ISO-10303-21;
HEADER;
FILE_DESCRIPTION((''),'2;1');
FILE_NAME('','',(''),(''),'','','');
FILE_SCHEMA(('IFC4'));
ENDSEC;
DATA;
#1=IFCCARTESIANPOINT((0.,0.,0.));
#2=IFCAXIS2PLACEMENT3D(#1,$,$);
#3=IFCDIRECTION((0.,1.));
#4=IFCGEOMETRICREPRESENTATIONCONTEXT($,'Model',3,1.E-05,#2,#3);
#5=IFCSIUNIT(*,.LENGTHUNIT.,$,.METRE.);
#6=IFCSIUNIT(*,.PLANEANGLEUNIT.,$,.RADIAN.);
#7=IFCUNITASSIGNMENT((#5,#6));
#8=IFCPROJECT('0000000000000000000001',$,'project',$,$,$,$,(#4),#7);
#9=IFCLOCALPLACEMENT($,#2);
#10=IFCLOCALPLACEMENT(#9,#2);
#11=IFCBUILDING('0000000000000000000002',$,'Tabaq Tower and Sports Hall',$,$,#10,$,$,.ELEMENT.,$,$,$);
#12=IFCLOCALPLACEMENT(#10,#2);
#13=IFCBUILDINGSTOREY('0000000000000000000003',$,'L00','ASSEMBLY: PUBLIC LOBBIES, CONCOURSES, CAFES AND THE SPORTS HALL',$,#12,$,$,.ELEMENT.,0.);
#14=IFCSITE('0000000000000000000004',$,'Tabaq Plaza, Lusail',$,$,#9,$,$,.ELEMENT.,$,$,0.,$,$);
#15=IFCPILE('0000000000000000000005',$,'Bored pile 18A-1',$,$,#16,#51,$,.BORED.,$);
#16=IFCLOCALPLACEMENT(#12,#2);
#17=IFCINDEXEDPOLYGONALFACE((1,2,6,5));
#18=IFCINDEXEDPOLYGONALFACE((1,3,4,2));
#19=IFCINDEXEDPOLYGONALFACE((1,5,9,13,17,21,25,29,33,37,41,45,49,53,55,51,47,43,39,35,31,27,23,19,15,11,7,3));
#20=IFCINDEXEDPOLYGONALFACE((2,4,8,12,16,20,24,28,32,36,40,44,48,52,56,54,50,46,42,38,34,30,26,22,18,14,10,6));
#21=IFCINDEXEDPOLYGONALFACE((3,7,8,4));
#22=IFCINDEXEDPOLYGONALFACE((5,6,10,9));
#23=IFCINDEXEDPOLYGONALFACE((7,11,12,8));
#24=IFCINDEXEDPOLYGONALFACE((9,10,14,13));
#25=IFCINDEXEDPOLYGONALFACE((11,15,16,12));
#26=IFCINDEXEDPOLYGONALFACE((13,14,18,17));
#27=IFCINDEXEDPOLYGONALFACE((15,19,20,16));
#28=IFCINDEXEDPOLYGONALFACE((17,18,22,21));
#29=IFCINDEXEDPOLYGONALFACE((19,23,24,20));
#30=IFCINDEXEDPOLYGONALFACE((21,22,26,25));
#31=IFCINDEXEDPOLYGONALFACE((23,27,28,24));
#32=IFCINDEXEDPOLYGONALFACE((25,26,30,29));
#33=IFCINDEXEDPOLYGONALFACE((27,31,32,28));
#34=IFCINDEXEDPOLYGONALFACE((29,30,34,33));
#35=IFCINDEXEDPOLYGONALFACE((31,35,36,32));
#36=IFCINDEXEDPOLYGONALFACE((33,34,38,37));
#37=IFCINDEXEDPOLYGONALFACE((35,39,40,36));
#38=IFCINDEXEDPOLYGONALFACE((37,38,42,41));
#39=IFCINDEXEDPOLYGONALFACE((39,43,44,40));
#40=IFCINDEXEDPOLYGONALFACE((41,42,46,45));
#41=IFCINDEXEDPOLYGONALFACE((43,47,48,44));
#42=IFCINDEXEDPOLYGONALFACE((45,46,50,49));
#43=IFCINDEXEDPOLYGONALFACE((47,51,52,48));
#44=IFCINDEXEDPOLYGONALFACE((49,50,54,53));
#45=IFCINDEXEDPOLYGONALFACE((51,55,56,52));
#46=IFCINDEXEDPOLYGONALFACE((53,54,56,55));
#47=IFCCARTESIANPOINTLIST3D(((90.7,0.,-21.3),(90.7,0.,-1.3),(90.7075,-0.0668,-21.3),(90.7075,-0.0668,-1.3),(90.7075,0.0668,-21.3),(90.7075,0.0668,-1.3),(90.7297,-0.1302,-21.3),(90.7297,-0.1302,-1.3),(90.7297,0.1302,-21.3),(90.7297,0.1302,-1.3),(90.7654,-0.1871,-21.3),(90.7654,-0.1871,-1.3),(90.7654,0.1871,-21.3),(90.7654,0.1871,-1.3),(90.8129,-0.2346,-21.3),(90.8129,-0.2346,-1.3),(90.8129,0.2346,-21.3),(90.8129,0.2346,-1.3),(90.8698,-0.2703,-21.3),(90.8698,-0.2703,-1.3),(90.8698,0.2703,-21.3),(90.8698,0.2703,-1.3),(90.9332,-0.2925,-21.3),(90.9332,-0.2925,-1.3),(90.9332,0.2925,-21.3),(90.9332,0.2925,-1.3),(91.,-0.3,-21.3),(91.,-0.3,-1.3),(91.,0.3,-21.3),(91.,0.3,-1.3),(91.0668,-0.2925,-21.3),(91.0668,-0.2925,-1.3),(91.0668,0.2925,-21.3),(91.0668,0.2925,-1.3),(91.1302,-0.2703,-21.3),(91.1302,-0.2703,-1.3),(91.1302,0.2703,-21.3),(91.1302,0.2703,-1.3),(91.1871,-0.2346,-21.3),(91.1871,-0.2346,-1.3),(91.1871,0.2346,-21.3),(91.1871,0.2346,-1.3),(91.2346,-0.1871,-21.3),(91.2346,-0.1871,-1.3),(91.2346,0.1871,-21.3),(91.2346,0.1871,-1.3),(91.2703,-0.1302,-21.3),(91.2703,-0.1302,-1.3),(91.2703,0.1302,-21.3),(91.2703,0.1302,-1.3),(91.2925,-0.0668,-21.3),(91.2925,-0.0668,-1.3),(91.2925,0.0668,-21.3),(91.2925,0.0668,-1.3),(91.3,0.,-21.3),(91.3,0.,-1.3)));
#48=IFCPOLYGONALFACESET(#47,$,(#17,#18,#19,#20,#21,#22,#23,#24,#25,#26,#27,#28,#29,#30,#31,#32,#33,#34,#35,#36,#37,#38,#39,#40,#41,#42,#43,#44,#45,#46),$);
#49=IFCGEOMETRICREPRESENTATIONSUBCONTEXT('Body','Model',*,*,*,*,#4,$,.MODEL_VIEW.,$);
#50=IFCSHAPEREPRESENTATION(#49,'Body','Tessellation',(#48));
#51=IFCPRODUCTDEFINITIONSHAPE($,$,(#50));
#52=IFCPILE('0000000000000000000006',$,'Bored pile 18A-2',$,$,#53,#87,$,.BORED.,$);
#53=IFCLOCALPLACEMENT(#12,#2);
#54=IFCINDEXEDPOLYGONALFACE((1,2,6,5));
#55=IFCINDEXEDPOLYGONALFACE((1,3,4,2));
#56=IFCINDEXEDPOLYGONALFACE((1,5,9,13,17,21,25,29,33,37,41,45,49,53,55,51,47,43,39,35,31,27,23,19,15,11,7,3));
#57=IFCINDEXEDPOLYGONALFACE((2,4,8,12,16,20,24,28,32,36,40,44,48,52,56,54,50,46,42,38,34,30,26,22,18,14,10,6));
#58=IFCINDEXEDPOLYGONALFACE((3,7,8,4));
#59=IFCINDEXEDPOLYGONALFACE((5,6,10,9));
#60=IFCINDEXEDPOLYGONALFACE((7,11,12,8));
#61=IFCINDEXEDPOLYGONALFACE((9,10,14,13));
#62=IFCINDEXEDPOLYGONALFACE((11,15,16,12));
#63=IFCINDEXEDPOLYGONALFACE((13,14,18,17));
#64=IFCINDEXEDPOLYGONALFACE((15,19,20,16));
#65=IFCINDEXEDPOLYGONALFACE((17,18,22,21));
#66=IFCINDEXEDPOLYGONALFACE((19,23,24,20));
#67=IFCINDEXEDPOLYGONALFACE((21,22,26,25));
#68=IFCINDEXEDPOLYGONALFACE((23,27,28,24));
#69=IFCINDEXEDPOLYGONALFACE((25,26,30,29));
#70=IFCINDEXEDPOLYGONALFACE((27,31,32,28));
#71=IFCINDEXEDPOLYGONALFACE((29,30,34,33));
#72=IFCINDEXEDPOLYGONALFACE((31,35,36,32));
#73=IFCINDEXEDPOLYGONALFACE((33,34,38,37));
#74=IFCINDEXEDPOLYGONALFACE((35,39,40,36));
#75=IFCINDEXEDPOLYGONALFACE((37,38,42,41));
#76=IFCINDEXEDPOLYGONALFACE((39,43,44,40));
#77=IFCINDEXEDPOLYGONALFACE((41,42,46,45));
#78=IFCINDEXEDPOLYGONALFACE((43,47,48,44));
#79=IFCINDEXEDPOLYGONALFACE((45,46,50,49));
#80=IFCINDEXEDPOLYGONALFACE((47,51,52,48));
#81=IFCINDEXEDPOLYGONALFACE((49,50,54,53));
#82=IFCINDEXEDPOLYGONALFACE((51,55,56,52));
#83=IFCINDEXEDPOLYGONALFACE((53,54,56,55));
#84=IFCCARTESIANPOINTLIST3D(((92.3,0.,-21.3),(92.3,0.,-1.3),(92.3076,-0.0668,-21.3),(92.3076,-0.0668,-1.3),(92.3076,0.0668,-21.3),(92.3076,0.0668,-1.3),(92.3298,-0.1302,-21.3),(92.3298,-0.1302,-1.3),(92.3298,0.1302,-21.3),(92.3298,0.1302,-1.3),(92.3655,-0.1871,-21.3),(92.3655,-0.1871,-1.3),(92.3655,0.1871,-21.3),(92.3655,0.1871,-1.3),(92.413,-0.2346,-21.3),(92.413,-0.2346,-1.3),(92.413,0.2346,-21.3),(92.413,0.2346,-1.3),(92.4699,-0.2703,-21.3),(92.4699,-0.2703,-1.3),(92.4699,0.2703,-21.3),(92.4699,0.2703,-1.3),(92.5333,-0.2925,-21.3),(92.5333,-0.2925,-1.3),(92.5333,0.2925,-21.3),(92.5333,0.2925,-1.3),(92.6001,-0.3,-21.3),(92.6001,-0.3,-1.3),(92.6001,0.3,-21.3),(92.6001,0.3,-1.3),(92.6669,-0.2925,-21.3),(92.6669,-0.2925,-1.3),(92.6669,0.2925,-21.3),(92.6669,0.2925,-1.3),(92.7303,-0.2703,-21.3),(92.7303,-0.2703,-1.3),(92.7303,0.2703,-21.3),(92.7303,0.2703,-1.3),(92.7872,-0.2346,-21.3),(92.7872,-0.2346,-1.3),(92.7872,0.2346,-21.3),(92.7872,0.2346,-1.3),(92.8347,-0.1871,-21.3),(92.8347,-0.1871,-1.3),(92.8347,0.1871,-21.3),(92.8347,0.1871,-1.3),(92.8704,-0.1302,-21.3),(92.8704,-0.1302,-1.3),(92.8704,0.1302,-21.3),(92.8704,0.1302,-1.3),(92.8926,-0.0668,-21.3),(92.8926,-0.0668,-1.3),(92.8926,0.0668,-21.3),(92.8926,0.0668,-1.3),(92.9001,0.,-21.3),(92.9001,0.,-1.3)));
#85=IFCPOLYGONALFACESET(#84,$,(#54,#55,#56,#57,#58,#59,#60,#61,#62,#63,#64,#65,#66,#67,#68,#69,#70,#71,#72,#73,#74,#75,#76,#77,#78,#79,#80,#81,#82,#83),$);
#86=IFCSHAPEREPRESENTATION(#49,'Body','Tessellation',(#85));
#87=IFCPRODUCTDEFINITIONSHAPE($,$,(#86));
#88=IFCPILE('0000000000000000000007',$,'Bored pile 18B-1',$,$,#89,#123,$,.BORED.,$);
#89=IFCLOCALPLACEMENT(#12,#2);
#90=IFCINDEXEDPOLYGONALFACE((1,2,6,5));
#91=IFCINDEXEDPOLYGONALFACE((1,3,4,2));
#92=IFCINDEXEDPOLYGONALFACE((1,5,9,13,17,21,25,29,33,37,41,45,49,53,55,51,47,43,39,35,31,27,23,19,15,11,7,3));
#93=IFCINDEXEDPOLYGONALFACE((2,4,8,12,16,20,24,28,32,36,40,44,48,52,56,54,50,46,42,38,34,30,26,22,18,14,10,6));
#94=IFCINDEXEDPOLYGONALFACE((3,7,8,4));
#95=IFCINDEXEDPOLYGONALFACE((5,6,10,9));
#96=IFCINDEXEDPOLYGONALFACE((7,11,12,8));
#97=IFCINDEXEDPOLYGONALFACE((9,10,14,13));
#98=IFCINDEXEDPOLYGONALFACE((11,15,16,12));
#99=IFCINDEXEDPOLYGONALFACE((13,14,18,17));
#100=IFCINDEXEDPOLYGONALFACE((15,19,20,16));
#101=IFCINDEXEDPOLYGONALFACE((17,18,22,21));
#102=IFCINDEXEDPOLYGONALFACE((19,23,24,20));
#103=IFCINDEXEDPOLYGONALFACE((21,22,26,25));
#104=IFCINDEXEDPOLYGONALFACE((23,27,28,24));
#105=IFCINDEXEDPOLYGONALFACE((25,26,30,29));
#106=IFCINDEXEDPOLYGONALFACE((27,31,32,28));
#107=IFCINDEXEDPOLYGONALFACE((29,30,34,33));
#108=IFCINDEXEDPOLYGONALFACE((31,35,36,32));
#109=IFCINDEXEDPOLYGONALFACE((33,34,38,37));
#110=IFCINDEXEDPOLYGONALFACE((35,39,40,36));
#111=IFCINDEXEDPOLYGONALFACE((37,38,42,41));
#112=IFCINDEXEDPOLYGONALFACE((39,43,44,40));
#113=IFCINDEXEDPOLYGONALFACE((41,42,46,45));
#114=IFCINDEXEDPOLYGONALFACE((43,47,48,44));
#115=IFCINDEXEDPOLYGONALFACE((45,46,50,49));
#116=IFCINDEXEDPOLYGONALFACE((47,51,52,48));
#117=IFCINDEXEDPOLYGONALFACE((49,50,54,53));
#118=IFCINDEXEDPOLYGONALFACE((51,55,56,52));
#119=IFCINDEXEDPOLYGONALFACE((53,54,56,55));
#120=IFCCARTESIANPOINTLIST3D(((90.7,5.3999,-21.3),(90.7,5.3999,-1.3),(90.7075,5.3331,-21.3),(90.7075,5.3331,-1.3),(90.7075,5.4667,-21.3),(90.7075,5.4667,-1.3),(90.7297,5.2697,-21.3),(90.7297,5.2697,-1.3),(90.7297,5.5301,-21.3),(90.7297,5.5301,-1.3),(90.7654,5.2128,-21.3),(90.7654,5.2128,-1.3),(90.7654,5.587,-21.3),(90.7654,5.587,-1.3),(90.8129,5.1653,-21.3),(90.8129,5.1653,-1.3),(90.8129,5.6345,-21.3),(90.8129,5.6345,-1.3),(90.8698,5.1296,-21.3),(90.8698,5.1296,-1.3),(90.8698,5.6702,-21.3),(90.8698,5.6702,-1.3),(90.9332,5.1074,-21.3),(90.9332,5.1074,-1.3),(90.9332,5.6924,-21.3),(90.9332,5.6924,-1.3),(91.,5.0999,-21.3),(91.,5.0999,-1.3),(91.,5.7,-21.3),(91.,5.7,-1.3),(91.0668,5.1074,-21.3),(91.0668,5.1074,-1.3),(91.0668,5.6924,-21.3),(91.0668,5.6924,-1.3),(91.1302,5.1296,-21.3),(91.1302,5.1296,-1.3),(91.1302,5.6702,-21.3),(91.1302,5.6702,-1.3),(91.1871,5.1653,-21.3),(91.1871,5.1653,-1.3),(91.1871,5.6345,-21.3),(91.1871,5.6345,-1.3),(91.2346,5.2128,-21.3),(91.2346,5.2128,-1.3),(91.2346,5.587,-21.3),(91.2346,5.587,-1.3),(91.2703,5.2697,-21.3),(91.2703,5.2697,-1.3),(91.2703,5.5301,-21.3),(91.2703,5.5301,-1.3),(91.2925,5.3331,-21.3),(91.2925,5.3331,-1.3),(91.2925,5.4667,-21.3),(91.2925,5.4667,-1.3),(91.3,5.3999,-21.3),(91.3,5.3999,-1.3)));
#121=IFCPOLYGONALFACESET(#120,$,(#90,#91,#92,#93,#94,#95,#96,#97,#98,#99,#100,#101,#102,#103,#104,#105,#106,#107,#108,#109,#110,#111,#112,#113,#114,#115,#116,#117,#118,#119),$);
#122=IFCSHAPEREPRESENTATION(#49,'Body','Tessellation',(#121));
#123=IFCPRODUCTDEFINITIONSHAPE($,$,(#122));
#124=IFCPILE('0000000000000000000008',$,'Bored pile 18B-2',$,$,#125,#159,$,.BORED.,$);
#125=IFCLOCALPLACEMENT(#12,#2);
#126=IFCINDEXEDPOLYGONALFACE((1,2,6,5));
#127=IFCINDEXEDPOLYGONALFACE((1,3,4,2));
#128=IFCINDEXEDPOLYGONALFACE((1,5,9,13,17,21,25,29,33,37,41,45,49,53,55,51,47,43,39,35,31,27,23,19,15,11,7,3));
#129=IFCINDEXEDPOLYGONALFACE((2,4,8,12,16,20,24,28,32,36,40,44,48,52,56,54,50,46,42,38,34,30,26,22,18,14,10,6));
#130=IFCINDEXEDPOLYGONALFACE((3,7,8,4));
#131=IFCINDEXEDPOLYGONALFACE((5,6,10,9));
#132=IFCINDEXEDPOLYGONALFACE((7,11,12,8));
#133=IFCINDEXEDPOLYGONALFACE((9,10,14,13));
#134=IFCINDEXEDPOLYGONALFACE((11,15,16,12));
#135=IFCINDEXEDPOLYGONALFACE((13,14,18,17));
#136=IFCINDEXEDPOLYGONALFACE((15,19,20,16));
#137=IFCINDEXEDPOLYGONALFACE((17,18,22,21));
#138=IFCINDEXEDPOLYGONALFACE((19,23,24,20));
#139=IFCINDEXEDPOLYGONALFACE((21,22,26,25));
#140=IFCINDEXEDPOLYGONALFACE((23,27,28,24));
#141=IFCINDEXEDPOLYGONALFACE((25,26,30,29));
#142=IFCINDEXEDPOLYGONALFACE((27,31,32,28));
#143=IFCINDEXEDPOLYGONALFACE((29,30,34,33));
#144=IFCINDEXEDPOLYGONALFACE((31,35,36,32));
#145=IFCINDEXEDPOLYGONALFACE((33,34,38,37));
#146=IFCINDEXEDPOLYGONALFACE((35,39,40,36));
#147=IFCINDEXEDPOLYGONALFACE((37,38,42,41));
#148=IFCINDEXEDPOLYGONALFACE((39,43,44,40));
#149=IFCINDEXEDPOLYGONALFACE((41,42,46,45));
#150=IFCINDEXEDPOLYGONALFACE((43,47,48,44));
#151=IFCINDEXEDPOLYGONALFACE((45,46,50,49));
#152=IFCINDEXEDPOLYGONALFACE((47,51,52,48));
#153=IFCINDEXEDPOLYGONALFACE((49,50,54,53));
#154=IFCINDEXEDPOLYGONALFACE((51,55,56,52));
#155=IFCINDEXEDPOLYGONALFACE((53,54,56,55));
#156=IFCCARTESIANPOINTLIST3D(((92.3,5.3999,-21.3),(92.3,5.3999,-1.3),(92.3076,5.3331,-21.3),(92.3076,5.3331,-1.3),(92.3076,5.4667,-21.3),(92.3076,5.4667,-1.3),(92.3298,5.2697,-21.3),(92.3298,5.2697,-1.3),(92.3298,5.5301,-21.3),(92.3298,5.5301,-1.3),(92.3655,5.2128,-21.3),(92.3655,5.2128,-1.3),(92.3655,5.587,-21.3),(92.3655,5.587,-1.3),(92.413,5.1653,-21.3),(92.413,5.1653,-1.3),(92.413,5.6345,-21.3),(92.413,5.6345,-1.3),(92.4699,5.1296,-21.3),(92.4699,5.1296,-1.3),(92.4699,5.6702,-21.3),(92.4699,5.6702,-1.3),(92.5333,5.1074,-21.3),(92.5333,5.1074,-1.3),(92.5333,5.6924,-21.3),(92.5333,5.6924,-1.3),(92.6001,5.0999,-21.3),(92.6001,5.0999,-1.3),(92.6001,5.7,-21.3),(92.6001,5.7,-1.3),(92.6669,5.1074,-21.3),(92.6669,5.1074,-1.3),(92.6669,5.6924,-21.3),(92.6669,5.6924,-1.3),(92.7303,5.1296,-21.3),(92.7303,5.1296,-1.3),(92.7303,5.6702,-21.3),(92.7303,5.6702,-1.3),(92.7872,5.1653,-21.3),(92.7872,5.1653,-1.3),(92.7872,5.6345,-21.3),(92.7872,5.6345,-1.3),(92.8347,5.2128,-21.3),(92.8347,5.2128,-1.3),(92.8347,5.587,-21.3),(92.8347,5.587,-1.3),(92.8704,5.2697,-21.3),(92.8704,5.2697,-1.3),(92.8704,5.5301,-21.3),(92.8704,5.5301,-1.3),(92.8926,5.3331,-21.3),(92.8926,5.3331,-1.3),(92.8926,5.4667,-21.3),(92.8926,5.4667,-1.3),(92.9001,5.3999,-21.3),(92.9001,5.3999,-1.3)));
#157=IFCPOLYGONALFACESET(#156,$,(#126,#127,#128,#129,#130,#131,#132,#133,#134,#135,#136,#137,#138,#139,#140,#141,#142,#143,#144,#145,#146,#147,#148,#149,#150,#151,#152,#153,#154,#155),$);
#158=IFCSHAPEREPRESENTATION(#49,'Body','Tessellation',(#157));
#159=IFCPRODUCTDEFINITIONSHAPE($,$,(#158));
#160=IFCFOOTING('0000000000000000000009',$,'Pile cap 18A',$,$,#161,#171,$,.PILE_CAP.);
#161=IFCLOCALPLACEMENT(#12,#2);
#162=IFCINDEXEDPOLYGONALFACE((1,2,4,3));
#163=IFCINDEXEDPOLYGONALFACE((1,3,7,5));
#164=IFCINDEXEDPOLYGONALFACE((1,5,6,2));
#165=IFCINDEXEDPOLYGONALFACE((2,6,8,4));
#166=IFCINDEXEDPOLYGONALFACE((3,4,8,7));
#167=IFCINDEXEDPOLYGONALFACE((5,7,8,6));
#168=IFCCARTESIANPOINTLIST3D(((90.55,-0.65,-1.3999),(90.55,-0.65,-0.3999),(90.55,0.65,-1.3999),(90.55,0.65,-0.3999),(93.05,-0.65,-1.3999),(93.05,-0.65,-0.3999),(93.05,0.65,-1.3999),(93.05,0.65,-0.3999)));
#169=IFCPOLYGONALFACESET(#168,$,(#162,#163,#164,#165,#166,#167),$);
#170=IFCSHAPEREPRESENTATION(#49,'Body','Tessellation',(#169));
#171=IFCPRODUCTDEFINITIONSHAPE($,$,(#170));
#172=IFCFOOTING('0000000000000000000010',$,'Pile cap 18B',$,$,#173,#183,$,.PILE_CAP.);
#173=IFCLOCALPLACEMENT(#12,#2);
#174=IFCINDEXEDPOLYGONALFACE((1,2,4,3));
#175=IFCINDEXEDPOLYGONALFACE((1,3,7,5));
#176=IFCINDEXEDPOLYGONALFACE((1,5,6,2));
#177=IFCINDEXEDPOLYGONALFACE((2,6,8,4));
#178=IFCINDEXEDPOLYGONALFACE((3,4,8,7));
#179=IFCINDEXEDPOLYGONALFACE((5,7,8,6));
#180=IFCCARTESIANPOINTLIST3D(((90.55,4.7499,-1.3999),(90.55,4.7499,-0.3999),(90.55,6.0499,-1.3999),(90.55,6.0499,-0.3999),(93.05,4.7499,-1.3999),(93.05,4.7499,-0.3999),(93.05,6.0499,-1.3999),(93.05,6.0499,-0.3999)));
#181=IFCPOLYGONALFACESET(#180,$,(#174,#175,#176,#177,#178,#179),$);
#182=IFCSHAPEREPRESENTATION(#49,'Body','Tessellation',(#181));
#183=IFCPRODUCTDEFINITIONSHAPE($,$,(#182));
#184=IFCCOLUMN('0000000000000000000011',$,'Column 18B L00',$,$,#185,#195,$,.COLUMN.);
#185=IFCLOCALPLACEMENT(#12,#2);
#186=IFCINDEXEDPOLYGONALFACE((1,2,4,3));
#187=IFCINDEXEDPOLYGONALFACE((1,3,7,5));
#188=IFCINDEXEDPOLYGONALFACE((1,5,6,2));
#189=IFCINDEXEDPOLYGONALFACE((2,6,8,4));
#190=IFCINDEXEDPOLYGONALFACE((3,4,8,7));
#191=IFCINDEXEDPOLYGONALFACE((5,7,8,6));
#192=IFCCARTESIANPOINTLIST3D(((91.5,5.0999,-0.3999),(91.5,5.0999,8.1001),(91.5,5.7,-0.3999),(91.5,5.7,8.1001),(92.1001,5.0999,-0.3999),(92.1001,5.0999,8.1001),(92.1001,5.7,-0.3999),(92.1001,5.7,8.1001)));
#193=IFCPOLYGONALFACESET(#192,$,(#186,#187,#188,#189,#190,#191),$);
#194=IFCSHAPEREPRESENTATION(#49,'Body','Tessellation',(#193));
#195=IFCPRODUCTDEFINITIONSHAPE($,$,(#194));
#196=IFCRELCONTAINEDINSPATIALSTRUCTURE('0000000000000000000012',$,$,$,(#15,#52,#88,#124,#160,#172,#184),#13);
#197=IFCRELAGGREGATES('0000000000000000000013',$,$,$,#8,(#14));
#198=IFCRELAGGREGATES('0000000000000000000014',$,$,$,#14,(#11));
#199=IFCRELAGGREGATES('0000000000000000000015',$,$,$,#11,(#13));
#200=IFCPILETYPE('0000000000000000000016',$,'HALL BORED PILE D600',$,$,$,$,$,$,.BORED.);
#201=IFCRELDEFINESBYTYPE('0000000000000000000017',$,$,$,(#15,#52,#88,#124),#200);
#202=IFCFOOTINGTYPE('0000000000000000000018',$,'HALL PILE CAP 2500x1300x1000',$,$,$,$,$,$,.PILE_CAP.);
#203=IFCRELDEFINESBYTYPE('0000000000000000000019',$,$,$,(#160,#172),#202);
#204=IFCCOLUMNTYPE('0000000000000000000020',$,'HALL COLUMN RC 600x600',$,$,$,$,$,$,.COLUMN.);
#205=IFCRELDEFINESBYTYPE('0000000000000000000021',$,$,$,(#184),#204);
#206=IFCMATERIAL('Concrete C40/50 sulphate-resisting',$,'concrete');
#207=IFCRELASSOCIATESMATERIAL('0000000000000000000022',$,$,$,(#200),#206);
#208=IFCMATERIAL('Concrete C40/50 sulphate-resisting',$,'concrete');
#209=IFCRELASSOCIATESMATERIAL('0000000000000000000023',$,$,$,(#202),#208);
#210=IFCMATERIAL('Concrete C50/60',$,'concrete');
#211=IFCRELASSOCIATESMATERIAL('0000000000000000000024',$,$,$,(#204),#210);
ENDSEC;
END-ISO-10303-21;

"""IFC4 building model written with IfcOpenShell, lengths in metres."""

from ifc_helpers import new_model, si_unit, direction, frame, origin, origin_2d, place, context, subcontext, project, spatial, rectangle, circle, extrude, material, material_profile, profile_set, type_object, element, save


model = new_model("IFC4")

# Units and contexts
model_context = context("Model", 3, precision=1e-05, world=origin(), true_north=direction((0.0, 1.0)))
body_context = subcontext(model_context, "Body", "Model", "MODEL_VIEW")
ifc_project = project(units=[si_unit("LENGTHUNIT", "METRE"), si_unit("PLANEANGLEUNIT", "RADIAN")], contexts=[model_context])

# Site, building, storey
site_placement = place(None, origin())
site = spatial("IfcSite", under=ifc_project, at=site_placement, Name="Tabaq Plaza, Lusail", CompositionType="ELEMENT", RefElevation=0.0)
building_placement = place(site_placement, origin())
building = spatial("IfcBuilding", under=site, at=building_placement, Name="Tabaq Tower and Sports Hall", CompositionType="ELEMENT")
storey_placement = place(building_placement, origin())
storey = spatial("IfcBuildingStorey", under=building, at=storey_placement, Name="L00", Description="ASSEMBLY: PUBLIC LOBBIES, CONCOURSES, CAFES AND THE SPORTS HALL", CompositionType="ELEMENT", Elevation=0.0)

# Piles
ifc_material_1 = material(Name="Concrete C40/50 sulphate-resisting", Category="concrete")
ifc_material_profile_1 = material_profile(ifc_material_1, circle(Radius=0.3, at=origin_2d()), Name="D600")
ifc_profile_set_1 = profile_set([ifc_material_profile_1], Name="Concrete C40/50 sulphate-resisting")
pile_type = type_object("IfcPileType", Name="HALL BORED PILE D600", PredefinedType="BORED", material=ifc_profile_set_1)
for number, where, z_axis, x_axis, name in (
    (1, (91.0, 0.0, -1.3), (0.0, 0.0, -1.0), (1.0, 0.0, 0.0), "Bored pile 18A-1"),
    (2, (92.6001, 0.0, -1.3), (0.0, 0.0, -1.0), (1.0, 0.0, 0.0), "Bored pile 18A-2"),
    (3, (91.0, 5.3999, -1.3), (0.0, 0.0, -1.0), (1.0, 0.0, 0.0), "Bored pile 18B-1"),
    (4, (92.6001, 5.3999, -1.3), (0.0, 0.0, -1.0), (1.0, 0.0, 0.0), "Bored pile 18B-2"),
):
    element("IfcPile", number, at=place(storey_placement, frame(where, z_axis=z_axis, x_axis=x_axis)), inside=storey, type_object=pile_type, Name=name, PredefinedType="BORED", context=body_context, shape_type="SweptSolid", body=[
        extrude(circle(Radius=0.3, at=origin_2d()), origin(), (0.0, 0.0, 1.0), 20.0),
    ])

# Footings
ifc_material_2 = material(Name="Concrete C40/50 sulphate-resisting", Category="concrete")
footing_type = type_object("IfcFootingType", Name="HALL PILE CAP 2500x1300x1000", PredefinedType="PILE_CAP", material=ifc_material_2)
for number, where, z_axis, x_axis, name in (
    (5, (91.8, 0.0, -1.3999), (0.0, 0.0, 1.0), (1.0, 0.0, 0.0), "Pile cap 18A"),
    (6, (91.8, 5.3999, -1.3999), (0.0, 0.0, 1.0), (1.0, 0.0, 0.0), "Pile cap 18B"),
):
    element("IfcFooting", number, at=place(storey_placement, frame(where, z_axis=z_axis, x_axis=x_axis)), inside=storey, type_object=footing_type, Name=name, PredefinedType="PILE_CAP", context=body_context, shape_type="SweptSolid", body=[
        extrude(rectangle(XDim=2.5, YDim=1.3, at=origin_2d()), origin(), (0.0, 0.0, 1.0), 1.0),
    ])

# Column
ifc_material_3 = material(Name="Concrete C50/60", Category="concrete")
ifc_material_profile_2 = material_profile(ifc_material_3, rectangle(XDim=0.6001, YDim=0.6001, at=origin_2d()), Name="RC 600x600")
ifc_profile_set_2 = profile_set([ifc_material_profile_2], Name="Concrete C50/60")
column_type_1 = type_object("IfcColumnType", Name="HALL COLUMN RC 600x600", PredefinedType="COLUMN", material=ifc_profile_set_2)
column_1_placement = place(storey_placement, frame((91.8, 5.3999, -0.3999), z_axis=(0.0, 0.0, 1.0), x_axis=(1.0, 0.0, 0.0)))
element("IfcColumn", 7, at=column_1_placement, inside=storey, type_object=column_type_1, Name="Column 18B L00", PredefinedType="COLUMN", context=body_context, shape_type="SweptSolid", body=[
    extrude(rectangle(XDim=0.6001, YDim=0.6001, at=origin_2d()), origin(), (0.0, 0.0, 1.0), 8.5),
])

save(model, "model.ifc")
